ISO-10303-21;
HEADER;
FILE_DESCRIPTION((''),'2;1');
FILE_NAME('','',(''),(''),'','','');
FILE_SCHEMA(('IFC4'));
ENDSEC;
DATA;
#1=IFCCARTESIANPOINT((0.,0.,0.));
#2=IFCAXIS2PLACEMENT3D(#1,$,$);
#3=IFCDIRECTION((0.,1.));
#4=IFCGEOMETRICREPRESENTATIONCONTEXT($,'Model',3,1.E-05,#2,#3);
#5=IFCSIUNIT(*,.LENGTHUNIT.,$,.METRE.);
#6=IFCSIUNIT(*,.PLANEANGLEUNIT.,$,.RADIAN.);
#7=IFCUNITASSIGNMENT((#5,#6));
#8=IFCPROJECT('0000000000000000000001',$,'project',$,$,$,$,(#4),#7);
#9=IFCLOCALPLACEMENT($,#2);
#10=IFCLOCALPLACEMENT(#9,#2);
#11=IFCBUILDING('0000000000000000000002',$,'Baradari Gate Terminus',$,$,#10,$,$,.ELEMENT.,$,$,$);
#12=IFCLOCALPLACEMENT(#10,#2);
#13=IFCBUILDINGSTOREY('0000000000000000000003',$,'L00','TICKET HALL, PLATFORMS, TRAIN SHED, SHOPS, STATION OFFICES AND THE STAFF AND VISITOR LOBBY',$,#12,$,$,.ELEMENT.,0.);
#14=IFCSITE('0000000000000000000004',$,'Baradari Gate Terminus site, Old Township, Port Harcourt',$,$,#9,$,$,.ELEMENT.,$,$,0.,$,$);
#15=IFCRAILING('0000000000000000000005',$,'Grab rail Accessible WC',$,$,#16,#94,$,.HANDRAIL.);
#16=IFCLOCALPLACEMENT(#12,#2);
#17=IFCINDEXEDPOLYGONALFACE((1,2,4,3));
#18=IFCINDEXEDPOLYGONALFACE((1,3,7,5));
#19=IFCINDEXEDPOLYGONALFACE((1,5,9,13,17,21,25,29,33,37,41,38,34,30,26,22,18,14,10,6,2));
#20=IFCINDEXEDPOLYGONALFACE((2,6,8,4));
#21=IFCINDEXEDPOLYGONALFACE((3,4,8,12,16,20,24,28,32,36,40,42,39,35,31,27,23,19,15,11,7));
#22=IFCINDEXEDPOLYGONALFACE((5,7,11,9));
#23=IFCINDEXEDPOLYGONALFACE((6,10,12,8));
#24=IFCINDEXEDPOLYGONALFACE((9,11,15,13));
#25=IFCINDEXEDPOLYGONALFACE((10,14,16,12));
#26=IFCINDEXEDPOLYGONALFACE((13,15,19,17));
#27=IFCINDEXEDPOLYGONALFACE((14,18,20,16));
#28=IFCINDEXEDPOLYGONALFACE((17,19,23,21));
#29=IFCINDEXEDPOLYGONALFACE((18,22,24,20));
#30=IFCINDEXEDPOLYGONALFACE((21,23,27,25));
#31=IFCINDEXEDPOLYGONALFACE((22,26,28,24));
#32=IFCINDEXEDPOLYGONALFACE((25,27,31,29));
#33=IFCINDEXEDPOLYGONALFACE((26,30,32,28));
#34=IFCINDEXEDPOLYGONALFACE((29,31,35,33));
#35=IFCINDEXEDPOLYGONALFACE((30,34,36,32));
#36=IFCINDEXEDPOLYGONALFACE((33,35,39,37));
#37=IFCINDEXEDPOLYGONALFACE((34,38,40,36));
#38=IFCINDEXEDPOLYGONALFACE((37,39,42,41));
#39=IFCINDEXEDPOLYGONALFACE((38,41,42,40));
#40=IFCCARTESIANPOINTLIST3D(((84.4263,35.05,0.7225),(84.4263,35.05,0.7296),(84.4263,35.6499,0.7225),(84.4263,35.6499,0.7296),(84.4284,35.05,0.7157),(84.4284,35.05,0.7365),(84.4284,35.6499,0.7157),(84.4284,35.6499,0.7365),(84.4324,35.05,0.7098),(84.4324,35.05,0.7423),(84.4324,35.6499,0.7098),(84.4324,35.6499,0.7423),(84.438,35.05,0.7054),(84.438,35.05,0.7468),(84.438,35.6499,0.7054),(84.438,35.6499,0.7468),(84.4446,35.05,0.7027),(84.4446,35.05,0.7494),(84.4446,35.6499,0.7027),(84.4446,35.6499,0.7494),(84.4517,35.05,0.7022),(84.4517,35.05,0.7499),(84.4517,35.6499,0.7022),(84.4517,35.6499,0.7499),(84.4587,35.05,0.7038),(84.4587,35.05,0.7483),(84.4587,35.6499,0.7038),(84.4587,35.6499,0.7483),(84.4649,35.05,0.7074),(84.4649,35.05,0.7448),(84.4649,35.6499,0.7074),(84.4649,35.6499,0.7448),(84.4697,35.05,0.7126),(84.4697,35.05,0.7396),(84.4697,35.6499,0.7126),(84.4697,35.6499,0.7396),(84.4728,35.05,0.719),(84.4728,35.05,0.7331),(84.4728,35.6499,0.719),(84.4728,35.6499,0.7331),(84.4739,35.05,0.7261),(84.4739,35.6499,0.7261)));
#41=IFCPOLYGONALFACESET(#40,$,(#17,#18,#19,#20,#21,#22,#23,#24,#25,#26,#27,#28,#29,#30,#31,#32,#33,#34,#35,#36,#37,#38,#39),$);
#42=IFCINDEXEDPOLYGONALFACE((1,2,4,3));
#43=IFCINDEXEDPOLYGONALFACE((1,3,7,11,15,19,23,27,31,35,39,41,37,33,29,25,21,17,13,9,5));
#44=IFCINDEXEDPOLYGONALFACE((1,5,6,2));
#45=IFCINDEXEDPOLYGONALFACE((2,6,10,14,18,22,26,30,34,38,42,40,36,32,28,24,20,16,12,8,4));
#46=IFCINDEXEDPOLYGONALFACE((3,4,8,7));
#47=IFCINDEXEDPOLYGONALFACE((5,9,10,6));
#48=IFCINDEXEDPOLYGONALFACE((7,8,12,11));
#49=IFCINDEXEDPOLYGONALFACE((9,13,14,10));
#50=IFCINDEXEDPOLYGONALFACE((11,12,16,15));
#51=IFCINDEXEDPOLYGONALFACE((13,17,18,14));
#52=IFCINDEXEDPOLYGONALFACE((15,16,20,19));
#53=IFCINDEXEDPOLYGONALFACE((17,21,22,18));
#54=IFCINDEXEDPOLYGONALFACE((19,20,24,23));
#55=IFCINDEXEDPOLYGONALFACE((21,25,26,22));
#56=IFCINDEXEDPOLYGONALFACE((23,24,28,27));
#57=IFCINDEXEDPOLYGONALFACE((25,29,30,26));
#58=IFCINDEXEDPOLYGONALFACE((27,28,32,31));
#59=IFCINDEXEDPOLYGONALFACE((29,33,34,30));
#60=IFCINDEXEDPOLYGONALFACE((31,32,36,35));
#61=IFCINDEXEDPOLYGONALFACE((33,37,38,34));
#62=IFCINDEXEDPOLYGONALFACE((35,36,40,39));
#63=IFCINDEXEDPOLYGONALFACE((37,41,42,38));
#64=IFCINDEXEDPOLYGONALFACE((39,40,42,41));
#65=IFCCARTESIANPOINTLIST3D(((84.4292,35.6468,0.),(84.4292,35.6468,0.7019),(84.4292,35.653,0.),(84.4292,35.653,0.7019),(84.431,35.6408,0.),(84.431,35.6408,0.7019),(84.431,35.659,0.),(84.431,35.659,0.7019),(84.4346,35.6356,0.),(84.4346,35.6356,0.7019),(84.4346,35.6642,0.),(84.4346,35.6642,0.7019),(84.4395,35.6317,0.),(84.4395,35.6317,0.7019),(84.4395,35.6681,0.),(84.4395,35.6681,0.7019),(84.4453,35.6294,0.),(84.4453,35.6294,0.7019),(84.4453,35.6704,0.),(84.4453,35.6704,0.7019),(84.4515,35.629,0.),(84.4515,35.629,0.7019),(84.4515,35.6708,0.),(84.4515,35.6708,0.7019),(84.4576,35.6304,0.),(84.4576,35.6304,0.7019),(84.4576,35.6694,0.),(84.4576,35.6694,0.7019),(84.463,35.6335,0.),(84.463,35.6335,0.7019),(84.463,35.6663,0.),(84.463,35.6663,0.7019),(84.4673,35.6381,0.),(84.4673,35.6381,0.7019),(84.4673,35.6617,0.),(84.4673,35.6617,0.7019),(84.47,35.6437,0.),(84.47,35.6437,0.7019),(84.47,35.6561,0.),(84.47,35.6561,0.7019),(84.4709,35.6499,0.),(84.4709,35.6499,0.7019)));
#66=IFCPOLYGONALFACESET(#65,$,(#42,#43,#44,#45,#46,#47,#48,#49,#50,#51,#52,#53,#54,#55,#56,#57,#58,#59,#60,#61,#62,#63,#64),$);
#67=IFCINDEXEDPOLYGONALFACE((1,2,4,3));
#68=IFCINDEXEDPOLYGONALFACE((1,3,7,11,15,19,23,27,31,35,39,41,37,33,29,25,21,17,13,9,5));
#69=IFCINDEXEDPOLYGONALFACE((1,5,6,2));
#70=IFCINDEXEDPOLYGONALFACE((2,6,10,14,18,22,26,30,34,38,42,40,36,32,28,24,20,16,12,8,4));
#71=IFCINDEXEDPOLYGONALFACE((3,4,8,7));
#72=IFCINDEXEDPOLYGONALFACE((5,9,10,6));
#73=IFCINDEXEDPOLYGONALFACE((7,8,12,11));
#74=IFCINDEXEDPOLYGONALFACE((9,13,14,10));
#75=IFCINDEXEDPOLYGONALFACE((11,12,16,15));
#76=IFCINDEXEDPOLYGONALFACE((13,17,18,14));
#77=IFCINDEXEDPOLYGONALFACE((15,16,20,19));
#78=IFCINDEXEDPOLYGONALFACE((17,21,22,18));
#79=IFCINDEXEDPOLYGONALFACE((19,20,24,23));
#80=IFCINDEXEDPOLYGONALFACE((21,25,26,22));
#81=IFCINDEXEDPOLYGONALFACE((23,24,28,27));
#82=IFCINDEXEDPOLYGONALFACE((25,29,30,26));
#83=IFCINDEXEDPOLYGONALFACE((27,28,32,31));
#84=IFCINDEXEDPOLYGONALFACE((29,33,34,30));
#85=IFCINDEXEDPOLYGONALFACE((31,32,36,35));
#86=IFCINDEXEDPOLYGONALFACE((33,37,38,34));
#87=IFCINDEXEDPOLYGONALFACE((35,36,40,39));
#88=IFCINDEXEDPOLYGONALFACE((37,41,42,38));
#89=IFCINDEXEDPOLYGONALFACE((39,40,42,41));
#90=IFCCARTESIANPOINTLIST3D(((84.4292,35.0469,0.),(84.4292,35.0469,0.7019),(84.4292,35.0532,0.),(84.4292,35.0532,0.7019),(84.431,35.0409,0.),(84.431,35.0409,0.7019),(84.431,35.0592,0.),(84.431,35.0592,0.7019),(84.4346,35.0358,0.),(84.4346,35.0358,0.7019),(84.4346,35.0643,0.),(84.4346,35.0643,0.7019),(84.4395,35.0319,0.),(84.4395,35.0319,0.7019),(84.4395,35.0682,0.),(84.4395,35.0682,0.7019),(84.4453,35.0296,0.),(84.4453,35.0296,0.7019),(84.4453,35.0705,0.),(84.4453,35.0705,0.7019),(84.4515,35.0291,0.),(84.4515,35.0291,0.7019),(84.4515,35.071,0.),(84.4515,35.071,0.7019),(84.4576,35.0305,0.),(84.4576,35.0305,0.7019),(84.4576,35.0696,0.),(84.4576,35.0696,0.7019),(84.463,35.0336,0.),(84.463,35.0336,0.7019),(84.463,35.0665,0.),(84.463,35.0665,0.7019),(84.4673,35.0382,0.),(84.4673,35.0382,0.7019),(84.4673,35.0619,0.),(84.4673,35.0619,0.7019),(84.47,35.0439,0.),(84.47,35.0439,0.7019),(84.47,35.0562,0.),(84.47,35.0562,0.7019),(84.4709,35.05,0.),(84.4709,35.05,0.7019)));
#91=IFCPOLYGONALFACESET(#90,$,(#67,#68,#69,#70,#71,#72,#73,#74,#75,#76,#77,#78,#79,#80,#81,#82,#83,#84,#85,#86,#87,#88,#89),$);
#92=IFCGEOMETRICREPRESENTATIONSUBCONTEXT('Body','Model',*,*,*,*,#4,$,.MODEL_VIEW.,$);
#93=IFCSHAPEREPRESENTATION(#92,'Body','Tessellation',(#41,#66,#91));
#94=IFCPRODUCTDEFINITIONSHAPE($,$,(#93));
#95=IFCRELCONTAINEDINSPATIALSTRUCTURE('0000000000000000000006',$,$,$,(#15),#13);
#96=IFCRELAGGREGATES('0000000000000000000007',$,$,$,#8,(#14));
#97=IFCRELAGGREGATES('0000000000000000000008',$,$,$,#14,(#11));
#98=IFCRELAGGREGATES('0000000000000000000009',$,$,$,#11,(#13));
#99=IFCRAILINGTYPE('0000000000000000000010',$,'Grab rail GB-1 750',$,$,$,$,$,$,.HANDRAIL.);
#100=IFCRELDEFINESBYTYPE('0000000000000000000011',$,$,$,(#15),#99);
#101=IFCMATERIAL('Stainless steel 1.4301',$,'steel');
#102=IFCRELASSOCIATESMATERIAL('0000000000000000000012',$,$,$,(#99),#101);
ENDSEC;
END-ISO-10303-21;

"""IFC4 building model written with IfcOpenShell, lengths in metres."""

from ifc_helpers import new_model, si_unit, direction, frame, origin, origin_2d, place, context, subcontext, project, spatial, circle, extrude, material, type_object, element, save


model = new_model("IFC4")

# Units and contexts
model_context = context("Model", 3, precision=1e-05, world=origin(), true_north=direction((0.0, 1.0)))
body_context = subcontext(model_context, "Body", "Model", "MODEL_VIEW")
ifc_project = project(units=[si_unit("LENGTHUNIT", "METRE"), si_unit("PLANEANGLEUNIT", "RADIAN")], contexts=[model_context])

# Site, building, storey
site_placement = place(None, origin())
site = spatial("IfcSite", under=ifc_project, at=site_placement, Name="Baradari Gate Terminus site, Old Township, Port Harcourt", CompositionType="ELEMENT", RefElevation=0.0)
building_placement = place(site_placement, origin())
building = spatial("IfcBuilding", under=site, at=building_placement, Name="Baradari Gate Terminus", CompositionType="ELEMENT")
storey_placement = place(building_placement, origin())
storey = spatial("IfcBuildingStorey", under=building, at=storey_placement, Name="L00", Description="TICKET HALL, PLATFORMS, TRAIN SHED, SHOPS, STATION OFFICES AND THE STAFF AND VISITOR LOBBY", CompositionType="ELEMENT", Elevation=0.0)

# Railing
ifc_material_1 = material(Name="Stainless steel 1.4301", Category="steel")
railing_type_1 = type_object("IfcRailingType", Name="Grab rail GB-1 750", PredefinedType="HANDRAIL", material=ifc_material_1)
railing_1_placement = place(storey_placement, frame((84.45, 35.6499, 0.0)))
element("IfcRailing", 1, at=railing_1_placement, inside=storey, type_object=railing_type_1, Name="Grab rail Accessible WC", PredefinedType="HANDRAIL", context=body_context, shape_type="SweptSolid", body=[
    extrude(circle(Radius=0.0239, at=origin_2d()), frame((0.0, 0.0, 0.7261), z_axis=(0.0, -1.0, 0.0), x_axis=(1.0, 0.0, 0.0)), (0.0, 0.0, 1.0), 0.5999),
    extrude(circle(Radius=0.021, at=origin_2d()), origin(), (0.0, 0.0, 1.0), 0.7019),
    extrude(circle(Radius=0.021, at=origin_2d()), frame((0.0, -0.5999, 0.0)), (0.0, 0.0, 1.0), 0.7019),
])

save(model, "model.ifc")
